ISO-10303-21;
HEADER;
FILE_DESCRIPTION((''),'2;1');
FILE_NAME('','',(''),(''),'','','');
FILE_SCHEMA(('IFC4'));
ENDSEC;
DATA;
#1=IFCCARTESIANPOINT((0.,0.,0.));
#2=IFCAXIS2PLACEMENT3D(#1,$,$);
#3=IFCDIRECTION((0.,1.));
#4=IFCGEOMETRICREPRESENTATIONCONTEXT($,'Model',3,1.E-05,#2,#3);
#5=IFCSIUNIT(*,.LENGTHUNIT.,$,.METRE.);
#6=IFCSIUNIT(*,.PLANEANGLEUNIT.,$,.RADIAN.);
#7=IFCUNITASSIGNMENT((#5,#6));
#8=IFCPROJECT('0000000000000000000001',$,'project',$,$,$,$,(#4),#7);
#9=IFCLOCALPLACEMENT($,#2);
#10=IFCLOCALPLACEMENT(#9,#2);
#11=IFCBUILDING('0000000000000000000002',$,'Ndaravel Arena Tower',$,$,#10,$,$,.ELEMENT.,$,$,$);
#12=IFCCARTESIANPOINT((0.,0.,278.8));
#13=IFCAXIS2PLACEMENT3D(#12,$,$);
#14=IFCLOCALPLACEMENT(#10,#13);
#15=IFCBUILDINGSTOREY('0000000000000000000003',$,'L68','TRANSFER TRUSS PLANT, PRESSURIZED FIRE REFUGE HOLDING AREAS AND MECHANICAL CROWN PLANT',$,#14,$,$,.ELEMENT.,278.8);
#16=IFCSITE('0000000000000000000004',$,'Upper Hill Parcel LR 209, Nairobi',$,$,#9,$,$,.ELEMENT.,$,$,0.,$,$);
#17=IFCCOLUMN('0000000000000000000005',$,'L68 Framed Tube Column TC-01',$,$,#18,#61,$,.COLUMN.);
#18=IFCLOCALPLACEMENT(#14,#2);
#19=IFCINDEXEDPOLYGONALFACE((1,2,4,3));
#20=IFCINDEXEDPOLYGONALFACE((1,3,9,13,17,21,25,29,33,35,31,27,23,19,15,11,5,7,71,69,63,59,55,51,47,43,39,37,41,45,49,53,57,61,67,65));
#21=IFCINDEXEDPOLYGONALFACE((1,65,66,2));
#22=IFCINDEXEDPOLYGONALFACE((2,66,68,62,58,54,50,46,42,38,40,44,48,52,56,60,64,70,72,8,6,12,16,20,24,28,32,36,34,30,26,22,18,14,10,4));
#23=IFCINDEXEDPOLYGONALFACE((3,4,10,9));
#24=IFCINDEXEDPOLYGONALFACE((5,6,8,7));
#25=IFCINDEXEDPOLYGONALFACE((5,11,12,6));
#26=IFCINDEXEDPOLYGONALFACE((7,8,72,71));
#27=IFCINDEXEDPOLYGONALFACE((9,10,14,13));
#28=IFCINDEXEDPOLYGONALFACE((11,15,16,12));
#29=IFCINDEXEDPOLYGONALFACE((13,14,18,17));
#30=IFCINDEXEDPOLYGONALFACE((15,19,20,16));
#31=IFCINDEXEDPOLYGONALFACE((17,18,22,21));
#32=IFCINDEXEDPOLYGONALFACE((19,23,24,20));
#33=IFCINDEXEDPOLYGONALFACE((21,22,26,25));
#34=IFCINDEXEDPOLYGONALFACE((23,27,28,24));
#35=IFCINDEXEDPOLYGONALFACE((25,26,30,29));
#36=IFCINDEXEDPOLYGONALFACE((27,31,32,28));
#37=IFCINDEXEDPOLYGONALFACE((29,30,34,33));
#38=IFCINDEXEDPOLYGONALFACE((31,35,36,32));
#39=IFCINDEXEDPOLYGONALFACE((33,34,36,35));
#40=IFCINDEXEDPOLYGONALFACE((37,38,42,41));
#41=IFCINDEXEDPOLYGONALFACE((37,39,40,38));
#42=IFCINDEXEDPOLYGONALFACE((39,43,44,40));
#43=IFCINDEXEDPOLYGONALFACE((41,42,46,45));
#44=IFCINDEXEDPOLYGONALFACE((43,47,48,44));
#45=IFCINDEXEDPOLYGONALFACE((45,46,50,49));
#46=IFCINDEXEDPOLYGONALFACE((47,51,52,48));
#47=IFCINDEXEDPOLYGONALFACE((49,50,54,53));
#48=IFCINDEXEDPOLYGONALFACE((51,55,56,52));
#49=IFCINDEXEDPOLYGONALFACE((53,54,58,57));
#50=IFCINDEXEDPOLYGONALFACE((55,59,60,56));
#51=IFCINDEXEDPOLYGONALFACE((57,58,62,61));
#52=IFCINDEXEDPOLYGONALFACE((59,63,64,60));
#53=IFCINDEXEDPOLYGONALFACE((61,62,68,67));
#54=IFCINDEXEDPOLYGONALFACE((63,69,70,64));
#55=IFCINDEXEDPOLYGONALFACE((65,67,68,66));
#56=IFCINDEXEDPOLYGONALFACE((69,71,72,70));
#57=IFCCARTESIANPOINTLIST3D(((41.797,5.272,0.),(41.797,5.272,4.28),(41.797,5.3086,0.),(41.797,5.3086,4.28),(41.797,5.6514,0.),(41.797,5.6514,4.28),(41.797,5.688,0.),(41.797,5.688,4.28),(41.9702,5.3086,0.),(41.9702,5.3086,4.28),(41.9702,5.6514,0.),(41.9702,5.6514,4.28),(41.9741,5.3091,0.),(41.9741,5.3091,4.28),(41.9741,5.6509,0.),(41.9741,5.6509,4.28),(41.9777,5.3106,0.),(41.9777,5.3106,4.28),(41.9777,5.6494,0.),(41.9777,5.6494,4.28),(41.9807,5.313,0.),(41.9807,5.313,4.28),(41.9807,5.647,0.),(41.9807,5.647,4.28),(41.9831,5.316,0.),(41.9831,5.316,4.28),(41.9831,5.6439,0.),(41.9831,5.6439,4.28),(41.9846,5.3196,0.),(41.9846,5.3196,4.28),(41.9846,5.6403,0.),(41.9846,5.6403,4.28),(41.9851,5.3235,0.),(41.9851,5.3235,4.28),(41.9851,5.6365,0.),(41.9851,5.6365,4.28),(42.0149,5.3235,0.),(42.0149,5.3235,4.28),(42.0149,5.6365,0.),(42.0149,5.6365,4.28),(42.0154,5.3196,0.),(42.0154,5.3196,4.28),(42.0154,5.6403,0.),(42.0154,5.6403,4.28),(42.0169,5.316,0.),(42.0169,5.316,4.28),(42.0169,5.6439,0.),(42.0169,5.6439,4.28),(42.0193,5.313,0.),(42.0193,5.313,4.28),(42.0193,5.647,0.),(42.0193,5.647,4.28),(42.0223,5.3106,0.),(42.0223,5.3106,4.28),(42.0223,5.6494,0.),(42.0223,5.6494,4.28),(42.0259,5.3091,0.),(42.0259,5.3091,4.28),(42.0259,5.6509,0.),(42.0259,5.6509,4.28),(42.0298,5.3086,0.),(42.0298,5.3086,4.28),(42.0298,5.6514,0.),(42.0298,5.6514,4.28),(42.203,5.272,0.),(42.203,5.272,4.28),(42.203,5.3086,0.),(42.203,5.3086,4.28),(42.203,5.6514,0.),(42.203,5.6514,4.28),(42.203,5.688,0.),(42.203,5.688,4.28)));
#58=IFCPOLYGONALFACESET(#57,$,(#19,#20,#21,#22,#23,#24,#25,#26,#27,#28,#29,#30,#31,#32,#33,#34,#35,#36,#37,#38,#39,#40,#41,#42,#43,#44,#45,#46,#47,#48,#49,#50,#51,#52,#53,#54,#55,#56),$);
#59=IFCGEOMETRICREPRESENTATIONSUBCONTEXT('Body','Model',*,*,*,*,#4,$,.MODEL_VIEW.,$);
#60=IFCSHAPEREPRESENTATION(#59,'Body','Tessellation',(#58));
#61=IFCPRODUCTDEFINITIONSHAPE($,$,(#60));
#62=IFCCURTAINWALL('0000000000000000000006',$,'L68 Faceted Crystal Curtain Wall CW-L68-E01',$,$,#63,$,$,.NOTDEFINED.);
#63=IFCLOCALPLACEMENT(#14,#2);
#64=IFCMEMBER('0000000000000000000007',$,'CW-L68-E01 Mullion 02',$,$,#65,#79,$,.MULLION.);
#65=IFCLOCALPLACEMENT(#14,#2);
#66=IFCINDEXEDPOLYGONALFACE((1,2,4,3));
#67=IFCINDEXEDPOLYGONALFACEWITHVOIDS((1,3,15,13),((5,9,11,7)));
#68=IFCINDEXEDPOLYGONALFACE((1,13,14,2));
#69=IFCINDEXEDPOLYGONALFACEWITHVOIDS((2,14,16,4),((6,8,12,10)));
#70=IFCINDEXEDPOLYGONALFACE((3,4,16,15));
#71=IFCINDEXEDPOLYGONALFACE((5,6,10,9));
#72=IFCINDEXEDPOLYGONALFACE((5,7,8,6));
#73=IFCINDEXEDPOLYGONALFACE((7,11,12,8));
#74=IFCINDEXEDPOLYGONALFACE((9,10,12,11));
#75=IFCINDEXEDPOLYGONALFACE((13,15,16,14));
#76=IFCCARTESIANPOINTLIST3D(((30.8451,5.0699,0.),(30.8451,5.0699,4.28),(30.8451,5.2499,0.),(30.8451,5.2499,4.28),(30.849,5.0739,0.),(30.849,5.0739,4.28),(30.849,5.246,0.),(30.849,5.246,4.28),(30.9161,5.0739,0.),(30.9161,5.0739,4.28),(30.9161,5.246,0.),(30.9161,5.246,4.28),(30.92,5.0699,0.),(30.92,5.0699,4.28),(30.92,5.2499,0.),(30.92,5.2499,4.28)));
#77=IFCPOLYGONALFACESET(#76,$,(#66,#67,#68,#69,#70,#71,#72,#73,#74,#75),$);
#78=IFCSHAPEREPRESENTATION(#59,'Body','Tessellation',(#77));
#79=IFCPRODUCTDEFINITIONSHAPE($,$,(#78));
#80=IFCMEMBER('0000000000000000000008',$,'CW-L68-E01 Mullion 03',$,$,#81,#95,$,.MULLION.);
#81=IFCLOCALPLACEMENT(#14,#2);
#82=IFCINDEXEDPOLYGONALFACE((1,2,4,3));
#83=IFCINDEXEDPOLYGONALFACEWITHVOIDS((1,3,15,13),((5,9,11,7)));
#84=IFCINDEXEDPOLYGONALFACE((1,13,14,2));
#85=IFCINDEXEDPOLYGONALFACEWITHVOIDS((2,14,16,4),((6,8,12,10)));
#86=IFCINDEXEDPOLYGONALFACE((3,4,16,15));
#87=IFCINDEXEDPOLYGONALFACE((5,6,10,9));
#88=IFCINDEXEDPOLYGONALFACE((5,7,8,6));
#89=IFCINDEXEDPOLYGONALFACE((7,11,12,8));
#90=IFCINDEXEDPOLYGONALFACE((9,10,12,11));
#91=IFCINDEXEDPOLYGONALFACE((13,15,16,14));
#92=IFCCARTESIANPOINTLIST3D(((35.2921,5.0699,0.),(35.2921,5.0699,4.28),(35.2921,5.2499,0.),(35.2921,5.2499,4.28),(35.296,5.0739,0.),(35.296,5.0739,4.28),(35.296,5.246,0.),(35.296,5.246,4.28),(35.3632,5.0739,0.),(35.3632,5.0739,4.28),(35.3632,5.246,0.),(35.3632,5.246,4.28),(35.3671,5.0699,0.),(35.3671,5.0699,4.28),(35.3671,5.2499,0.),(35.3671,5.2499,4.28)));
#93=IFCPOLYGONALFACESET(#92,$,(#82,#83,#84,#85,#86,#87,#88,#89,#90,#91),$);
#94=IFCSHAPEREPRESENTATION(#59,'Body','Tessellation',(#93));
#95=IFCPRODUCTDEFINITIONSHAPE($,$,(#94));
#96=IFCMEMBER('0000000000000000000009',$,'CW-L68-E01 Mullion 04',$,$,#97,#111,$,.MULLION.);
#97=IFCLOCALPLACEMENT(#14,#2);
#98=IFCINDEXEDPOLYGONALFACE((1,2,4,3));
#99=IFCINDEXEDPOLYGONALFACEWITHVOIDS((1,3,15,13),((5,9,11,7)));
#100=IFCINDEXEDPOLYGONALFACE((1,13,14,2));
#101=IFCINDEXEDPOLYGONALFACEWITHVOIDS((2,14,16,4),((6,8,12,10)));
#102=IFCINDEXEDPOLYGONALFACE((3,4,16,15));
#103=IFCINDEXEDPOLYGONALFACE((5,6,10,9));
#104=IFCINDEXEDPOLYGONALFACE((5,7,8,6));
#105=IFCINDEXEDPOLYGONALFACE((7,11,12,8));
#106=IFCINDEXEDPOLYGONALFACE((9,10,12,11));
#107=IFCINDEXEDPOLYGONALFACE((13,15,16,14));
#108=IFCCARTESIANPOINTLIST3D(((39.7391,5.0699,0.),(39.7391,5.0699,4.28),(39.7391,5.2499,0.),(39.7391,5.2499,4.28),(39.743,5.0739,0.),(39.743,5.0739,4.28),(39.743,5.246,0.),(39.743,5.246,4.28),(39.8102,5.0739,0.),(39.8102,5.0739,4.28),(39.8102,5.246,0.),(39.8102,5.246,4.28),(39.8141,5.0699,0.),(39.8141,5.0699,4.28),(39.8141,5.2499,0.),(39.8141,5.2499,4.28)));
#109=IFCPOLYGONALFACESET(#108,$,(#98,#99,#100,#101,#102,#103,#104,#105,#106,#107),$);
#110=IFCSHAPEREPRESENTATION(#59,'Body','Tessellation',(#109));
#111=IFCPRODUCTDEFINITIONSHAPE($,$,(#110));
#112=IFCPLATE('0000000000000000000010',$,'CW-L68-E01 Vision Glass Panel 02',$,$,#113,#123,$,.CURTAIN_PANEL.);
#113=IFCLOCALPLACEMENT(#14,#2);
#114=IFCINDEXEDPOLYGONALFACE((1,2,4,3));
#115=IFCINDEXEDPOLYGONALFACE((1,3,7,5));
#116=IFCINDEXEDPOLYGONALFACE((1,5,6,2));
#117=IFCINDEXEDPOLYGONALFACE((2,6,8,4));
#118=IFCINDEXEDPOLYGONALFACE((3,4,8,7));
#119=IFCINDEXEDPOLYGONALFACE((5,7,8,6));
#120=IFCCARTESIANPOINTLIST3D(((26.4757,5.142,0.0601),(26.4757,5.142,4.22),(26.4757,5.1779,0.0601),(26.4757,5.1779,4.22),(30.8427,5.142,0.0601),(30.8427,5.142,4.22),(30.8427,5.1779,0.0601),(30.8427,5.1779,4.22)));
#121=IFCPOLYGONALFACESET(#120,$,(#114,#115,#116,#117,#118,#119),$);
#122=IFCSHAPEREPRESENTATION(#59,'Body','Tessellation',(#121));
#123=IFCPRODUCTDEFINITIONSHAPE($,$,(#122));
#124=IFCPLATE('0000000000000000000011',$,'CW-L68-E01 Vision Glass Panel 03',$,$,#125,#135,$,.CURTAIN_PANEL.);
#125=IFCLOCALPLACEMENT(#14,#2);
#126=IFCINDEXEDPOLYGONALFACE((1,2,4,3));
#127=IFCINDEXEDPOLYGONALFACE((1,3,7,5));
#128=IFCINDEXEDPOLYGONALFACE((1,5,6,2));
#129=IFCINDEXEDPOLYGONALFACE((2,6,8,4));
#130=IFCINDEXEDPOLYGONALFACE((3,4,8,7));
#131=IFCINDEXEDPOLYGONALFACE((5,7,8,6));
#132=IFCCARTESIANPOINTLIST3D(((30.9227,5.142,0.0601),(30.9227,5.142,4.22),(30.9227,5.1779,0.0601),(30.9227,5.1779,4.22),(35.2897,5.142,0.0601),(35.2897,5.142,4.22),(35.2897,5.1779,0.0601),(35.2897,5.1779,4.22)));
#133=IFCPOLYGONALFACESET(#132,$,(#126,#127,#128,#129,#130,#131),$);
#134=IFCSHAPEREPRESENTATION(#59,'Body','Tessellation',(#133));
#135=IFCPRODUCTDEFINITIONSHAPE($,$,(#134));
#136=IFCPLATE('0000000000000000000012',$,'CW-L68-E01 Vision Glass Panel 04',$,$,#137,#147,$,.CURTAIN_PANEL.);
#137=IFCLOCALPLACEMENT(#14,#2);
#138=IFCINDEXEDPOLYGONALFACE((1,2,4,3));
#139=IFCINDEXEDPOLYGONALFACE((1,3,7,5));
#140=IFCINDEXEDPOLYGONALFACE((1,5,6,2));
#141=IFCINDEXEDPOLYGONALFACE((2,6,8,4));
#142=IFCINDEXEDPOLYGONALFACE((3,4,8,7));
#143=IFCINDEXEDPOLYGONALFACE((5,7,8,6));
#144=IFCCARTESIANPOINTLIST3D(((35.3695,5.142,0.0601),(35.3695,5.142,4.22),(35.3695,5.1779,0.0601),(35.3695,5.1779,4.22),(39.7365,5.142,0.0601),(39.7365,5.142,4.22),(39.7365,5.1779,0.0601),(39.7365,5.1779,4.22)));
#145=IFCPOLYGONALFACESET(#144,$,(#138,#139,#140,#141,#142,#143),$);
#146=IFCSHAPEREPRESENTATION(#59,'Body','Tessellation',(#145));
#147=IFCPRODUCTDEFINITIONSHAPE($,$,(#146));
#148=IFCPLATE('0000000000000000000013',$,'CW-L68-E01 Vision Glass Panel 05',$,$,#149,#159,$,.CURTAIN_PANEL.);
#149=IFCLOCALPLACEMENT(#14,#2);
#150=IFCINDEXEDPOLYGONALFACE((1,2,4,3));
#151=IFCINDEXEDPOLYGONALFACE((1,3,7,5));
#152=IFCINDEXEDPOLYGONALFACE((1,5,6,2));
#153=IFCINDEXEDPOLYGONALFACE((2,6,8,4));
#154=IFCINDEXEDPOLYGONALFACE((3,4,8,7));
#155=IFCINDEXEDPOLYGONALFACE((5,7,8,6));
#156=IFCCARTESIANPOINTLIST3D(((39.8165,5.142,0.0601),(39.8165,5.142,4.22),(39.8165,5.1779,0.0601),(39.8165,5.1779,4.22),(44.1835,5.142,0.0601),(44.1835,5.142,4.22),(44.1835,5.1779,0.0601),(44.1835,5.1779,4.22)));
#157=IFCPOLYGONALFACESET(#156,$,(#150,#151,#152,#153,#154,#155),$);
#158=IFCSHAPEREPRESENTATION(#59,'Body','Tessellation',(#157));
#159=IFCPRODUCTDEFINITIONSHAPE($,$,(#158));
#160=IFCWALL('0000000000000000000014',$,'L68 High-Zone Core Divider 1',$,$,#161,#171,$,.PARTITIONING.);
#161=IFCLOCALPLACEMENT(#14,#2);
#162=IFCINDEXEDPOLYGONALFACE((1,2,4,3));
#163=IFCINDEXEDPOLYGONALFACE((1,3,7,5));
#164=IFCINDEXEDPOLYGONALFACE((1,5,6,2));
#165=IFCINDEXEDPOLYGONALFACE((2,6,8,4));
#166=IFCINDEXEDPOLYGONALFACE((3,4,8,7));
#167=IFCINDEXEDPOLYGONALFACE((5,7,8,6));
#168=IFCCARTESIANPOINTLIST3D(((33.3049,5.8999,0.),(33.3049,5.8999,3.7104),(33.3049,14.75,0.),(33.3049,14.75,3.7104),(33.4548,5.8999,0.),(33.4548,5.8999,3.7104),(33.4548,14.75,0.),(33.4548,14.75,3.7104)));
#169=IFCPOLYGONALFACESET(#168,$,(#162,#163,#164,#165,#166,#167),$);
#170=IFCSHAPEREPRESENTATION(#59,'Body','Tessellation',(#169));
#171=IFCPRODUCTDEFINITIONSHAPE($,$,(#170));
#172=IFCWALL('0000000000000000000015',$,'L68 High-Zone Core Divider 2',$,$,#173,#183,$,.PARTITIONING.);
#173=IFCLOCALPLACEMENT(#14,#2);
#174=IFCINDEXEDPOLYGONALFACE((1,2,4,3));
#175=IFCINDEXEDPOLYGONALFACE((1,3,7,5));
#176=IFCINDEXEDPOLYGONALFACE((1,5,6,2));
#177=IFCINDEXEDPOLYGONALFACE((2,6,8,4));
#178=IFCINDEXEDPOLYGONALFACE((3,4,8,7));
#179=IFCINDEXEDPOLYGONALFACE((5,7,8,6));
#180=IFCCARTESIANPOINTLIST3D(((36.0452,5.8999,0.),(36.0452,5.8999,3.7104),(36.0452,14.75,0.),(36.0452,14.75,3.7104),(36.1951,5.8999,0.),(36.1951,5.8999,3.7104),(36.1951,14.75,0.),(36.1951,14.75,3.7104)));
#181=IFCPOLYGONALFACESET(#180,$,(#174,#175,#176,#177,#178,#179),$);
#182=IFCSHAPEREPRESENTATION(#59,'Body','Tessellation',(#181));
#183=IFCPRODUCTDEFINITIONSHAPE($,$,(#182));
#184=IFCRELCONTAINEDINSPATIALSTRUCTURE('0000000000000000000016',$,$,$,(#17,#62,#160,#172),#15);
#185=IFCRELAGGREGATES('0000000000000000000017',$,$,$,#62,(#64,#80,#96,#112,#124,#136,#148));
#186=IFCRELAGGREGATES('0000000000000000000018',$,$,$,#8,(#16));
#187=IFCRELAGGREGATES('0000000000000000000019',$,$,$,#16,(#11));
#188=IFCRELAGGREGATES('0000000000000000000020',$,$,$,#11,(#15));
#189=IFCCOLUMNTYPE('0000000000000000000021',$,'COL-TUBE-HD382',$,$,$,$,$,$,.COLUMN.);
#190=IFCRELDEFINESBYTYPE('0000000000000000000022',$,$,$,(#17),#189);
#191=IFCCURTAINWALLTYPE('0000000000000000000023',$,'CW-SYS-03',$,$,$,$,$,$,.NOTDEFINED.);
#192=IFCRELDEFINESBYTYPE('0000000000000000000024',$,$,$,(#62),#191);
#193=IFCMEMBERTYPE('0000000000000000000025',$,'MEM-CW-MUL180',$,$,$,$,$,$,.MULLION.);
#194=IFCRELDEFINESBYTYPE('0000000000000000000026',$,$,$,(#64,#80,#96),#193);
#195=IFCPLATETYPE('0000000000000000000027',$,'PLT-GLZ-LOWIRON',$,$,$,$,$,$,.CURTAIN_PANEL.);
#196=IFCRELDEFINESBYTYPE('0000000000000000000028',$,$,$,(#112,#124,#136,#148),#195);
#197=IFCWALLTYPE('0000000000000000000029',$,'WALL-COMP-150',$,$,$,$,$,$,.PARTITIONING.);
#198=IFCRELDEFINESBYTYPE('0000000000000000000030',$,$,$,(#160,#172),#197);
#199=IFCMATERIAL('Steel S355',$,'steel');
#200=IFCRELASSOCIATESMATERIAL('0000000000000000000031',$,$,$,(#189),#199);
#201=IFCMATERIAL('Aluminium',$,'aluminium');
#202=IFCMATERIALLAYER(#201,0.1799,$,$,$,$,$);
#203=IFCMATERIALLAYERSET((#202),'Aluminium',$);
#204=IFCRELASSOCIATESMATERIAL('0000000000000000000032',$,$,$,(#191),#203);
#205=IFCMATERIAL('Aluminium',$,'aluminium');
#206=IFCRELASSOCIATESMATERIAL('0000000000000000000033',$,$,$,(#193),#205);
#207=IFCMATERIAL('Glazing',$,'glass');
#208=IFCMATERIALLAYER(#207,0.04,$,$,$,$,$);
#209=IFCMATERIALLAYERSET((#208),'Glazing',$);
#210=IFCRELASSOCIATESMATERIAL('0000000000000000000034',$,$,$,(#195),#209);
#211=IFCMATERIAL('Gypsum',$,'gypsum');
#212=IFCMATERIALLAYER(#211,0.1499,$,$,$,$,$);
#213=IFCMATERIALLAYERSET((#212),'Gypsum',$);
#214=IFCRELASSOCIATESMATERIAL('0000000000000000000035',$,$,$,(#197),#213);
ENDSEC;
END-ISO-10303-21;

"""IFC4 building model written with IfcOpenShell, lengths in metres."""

from ifc_helpers import new_model, si_unit, direction, frame, frame_2d, origin, origin_2d, place, context, subcontext, project, spatial, rectangle, hollow_rectangle, i_section, extrude, material, layer, layer_set, material_profile, profile_set, type_object, element, aggregate, save


model = new_model("IFC4")

# Units and contexts
model_context = context("Model", 3, precision=1e-05, world=origin(), true_north=direction((0.0, 1.0)))
body_context = subcontext(model_context, "Body", "Model", "MODEL_VIEW")
ifc_project = project(units=[si_unit("LENGTHUNIT", "METRE"), si_unit("PLANEANGLEUNIT", "RADIAN")], contexts=[model_context])

# Site, building, storey
site_placement = place(None, origin())
site = spatial("IfcSite", under=ifc_project, at=site_placement, Name="Upper Hill Parcel LR 209, Nairobi", CompositionType="ELEMENT", RefElevation=0.0)
building_placement = place(site_placement, origin())
building = spatial("IfcBuilding", under=site, at=building_placement, Name="Ndaravel Arena Tower", CompositionType="ELEMENT")
storey_placement = place(building_placement, frame((0.0, 0.0, 278.8)))
storey = spatial("IfcBuildingStorey", under=building, at=storey_placement, Name="L68", Description="TRANSFER TRUSS PLANT, PRESSURIZED FIRE REFUGE HOLDING AREAS AND MECHANICAL CROWN PLANT", CompositionType="ELEMENT", Elevation=278.8)

# Column
ifc_material_1 = material(Name="Steel S355", Category="steel")
ifc_material_profile_1 = material_profile(ifc_material_1, i_section(OverallWidth=0.406, OverallDepth=0.416, WebThickness=0.0298, FlangeThickness=0.0366, FilletRadius=0.0149, at=origin_2d()), Name="HD 400x382")
ifc_profile_set_1 = profile_set([ifc_material_profile_1], Name="Steel S355")
column_type = type_object("IfcColumnType", Name="COL-TUBE-HD382", PredefinedType="COLUMN", material=ifc_profile_set_1)
column_placement = place(storey_placement, frame((42.0, 5.48, 0.0), z_axis=(0.0, 0.0, 1.0), x_axis=(1.0, 0.0, 0.0)))
element("IfcColumn", 1, at=column_placement, inside=storey, type_object=column_type, Name="L68 Framed Tube Column TC-01", PredefinedType="COLUMN", context=body_context, shape_type="SweptSolid", body=[
    extrude(i_section(OverallWidth=0.406, OverallDepth=0.416, WebThickness=0.0298, FlangeThickness=0.0366, FilletRadius=0.0149, at=origin_2d()), origin(), (0.0, 0.0, 1.0), 4.28),
])

# Curtain wall, members, plates
ifc_material_2 = material(Name="Aluminium", Category="aluminium")
ifc_layer_1 = layer(ifc_material_2, 0.1799)
ifc_layer_set_1 = layer_set([ifc_layer_1], Name="Aluminium")
curtain_wall_type = type_object("IfcCurtainWallType", Name="CW-SYS-03", PredefinedType="NOTDEFINED", material=ifc_layer_set_1)
curtain_wall_placement = place(storey_placement, origin())
curtain_wall = element("IfcCurtainWall", 2, at=curtain_wall_placement, inside=storey, type_object=curtain_wall_type, Name="L68 Faceted Crystal Curtain Wall CW-L68-E01", PredefinedType="NOTDEFINED")
ifc_material_3 = material(Name="Aluminium", Category="aluminium")
ifc_material_profile_2 = material_profile(ifc_material_3, hollow_rectangle(XDim=0.075, YDim=0.1799, WallThickness=0.0039, at=origin_2d()), Name="CW MULLION 75x180x4")
ifc_profile_set_2 = profile_set([ifc_material_profile_2], Name="Aluminium")
member_type = type_object("IfcMemberType", Name="MEM-CW-MUL180", PredefinedType="MULLION", material=ifc_profile_set_2)
member_1_placement = place(storey_placement, frame((30.8826, 5.1599, 0.0), z_axis=(0.0, 0.0, 1.0), x_axis=(1.0, 0.0, 0.0)))
member_1 = element("IfcMember", 3, at=member_1_placement, type_object=member_type, Name="CW-L68-E01 Mullion 02", PredefinedType="MULLION", context=body_context, shape_type="SweptSolid", body=[
    extrude(hollow_rectangle(XDim=0.075, YDim=0.1799, WallThickness=0.0039, at=origin_2d()), origin(), (0.0, 0.0, 1.0), 4.28),
])
member_2_placement = place(storey_placement, frame((35.3296, 5.1599, 0.0), z_axis=(0.0, 0.0, 1.0), x_axis=(1.0, 0.0, 0.0)))
member_2 = element("IfcMember", 4, at=member_2_placement, type_object=member_type, Name="CW-L68-E01 Mullion 03", PredefinedType="MULLION", context=body_context, shape_type="SweptSolid", body=[
    extrude(hollow_rectangle(XDim=0.075, YDim=0.1799, WallThickness=0.0039, at=origin_2d()), origin(), (0.0, 0.0, 1.0), 4.28),
])
member_3_placement = place(storey_placement, frame((39.7766, 5.1599, 0.0), z_axis=(0.0, 0.0, 1.0), x_axis=(1.0, 0.0, 0.0)))
member_3 = element("IfcMember", 5, at=member_3_placement, type_object=member_type, Name="CW-L68-E01 Mullion 04", PredefinedType="MULLION", context=body_context, shape_type="SweptSolid", body=[
    extrude(hollow_rectangle(XDim=0.075, YDim=0.1799, WallThickness=0.0039, at=origin_2d()), origin(), (0.0, 0.0, 1.0), 4.28),
])
ifc_material_4 = material(Name="Glazing", Category="glass")
ifc_layer_2 = layer(ifc_material_4, 0.04)
ifc_layer_set_2 = layer_set([ifc_layer_2], Name="Glazing")
plate_type = type_object("IfcPlateType", Name="PLT-GLZ-LOWIRON", PredefinedType="CURTAIN_PANEL", material=ifc_layer_set_2)
plate_1_placement = place(storey_placement, frame((28.6592, 5.1599, 0.0601), z_axis=(0.0, 0.0, 1.0), x_axis=(1.0, 0.0, 0.0)))
plate_1 = element("IfcPlate", 6, at=plate_1_placement, type_object=plate_type, Name="CW-L68-E01 Vision Glass Panel 02", PredefinedType="CURTAIN_PANEL", context=body_context, shape_type="SweptSolid", body=[
    extrude(rectangle(XDim=4.3669, YDim=0.0359, at=origin_2d()), origin(), (0.0, 0.0, 1.0), 4.1599),
])
plate_2_placement = place(storey_placement, frame((33.1062, 5.1599, 0.0601), z_axis=(0.0, 0.0, 1.0), x_axis=(1.0, 0.0, 0.0)))
plate_2 = element("IfcPlate", 7, at=plate_2_placement, type_object=plate_type, Name="CW-L68-E01 Vision Glass Panel 03", PredefinedType="CURTAIN_PANEL", context=body_context, shape_type="SweptSolid", body=[
    extrude(rectangle(XDim=4.3669, YDim=0.0359, at=origin_2d()), origin(), (0.0, 0.0, 1.0), 4.1599),
])
plate_3_placement = place(storey_placement, frame((37.553, 5.1599, 0.0601), z_axis=(0.0, 0.0, 1.0), x_axis=(1.0, 0.0, 0.0)))
plate_3 = element("IfcPlate", 8, at=plate_3_placement, type_object=plate_type, Name="CW-L68-E01 Vision Glass Panel 04", PredefinedType="CURTAIN_PANEL", context=body_context, shape_type="SweptSolid", body=[
    extrude(rectangle(XDim=4.3669, YDim=0.0359, at=origin_2d()), origin(), (0.0, 0.0, 1.0), 4.1599),
])
plate_4_placement = place(storey_placement, frame((42.0, 5.1599, 0.0601), z_axis=(0.0, 0.0, 1.0), x_axis=(1.0, 0.0, 0.0)))
plate_4 = element("IfcPlate", 9, at=plate_4_placement, type_object=plate_type, Name="CW-L68-E01 Vision Glass Panel 05", PredefinedType="CURTAIN_PANEL", context=body_context, shape_type="SweptSolid", body=[
    extrude(rectangle(XDim=4.3669, YDim=0.0359, at=origin_2d()), origin(), (0.0, 0.0, 1.0), 4.1599),
])
aggregate(curtain_wall, [member_1, member_2, member_3, plate_1, plate_2, plate_3, plate_4])

# Walls
ifc_material_5 = material(Name="Gypsum", Category="gypsum")
ifc_layer_3 = layer(ifc_material_5, 0.1499)
ifc_layer_set_3 = layer_set([ifc_layer_3], Name="Gypsum")
wall_type_1 = type_object("IfcWallType", Name="WALL-COMP-150", PredefinedType="PARTITIONING", material=ifc_layer_set_3)
for number, where, z_axis, x_axis, name in (
    (10, (33.3799, 5.8999, 0.0), (0.0, 0.0, 1.0), (0.0, 1.0, 0.0), "L68 High-Zone Core Divider 1"),
    (11, (36.1201, 5.8999, 0.0), (0.0, 0.0, 1.0), (0.0, 1.0, 0.0), "L68 High-Zone Core Divider 2"),
):
    element("IfcWall", number, at=place(storey_placement, frame(where, z_axis=z_axis, x_axis=x_axis)), inside=storey, type_object=wall_type_1, Name=name, PredefinedType="PARTITIONING", context=body_context, shape_type="SweptSolid", body=[
        extrude(rectangle(XDim=8.8501, YDim=0.1499, at=frame_2d((4.425, 0.0))), origin(), (0.0, 0.0, 1.0), 3.7104),
    ])

save(model, "model.ifc")
